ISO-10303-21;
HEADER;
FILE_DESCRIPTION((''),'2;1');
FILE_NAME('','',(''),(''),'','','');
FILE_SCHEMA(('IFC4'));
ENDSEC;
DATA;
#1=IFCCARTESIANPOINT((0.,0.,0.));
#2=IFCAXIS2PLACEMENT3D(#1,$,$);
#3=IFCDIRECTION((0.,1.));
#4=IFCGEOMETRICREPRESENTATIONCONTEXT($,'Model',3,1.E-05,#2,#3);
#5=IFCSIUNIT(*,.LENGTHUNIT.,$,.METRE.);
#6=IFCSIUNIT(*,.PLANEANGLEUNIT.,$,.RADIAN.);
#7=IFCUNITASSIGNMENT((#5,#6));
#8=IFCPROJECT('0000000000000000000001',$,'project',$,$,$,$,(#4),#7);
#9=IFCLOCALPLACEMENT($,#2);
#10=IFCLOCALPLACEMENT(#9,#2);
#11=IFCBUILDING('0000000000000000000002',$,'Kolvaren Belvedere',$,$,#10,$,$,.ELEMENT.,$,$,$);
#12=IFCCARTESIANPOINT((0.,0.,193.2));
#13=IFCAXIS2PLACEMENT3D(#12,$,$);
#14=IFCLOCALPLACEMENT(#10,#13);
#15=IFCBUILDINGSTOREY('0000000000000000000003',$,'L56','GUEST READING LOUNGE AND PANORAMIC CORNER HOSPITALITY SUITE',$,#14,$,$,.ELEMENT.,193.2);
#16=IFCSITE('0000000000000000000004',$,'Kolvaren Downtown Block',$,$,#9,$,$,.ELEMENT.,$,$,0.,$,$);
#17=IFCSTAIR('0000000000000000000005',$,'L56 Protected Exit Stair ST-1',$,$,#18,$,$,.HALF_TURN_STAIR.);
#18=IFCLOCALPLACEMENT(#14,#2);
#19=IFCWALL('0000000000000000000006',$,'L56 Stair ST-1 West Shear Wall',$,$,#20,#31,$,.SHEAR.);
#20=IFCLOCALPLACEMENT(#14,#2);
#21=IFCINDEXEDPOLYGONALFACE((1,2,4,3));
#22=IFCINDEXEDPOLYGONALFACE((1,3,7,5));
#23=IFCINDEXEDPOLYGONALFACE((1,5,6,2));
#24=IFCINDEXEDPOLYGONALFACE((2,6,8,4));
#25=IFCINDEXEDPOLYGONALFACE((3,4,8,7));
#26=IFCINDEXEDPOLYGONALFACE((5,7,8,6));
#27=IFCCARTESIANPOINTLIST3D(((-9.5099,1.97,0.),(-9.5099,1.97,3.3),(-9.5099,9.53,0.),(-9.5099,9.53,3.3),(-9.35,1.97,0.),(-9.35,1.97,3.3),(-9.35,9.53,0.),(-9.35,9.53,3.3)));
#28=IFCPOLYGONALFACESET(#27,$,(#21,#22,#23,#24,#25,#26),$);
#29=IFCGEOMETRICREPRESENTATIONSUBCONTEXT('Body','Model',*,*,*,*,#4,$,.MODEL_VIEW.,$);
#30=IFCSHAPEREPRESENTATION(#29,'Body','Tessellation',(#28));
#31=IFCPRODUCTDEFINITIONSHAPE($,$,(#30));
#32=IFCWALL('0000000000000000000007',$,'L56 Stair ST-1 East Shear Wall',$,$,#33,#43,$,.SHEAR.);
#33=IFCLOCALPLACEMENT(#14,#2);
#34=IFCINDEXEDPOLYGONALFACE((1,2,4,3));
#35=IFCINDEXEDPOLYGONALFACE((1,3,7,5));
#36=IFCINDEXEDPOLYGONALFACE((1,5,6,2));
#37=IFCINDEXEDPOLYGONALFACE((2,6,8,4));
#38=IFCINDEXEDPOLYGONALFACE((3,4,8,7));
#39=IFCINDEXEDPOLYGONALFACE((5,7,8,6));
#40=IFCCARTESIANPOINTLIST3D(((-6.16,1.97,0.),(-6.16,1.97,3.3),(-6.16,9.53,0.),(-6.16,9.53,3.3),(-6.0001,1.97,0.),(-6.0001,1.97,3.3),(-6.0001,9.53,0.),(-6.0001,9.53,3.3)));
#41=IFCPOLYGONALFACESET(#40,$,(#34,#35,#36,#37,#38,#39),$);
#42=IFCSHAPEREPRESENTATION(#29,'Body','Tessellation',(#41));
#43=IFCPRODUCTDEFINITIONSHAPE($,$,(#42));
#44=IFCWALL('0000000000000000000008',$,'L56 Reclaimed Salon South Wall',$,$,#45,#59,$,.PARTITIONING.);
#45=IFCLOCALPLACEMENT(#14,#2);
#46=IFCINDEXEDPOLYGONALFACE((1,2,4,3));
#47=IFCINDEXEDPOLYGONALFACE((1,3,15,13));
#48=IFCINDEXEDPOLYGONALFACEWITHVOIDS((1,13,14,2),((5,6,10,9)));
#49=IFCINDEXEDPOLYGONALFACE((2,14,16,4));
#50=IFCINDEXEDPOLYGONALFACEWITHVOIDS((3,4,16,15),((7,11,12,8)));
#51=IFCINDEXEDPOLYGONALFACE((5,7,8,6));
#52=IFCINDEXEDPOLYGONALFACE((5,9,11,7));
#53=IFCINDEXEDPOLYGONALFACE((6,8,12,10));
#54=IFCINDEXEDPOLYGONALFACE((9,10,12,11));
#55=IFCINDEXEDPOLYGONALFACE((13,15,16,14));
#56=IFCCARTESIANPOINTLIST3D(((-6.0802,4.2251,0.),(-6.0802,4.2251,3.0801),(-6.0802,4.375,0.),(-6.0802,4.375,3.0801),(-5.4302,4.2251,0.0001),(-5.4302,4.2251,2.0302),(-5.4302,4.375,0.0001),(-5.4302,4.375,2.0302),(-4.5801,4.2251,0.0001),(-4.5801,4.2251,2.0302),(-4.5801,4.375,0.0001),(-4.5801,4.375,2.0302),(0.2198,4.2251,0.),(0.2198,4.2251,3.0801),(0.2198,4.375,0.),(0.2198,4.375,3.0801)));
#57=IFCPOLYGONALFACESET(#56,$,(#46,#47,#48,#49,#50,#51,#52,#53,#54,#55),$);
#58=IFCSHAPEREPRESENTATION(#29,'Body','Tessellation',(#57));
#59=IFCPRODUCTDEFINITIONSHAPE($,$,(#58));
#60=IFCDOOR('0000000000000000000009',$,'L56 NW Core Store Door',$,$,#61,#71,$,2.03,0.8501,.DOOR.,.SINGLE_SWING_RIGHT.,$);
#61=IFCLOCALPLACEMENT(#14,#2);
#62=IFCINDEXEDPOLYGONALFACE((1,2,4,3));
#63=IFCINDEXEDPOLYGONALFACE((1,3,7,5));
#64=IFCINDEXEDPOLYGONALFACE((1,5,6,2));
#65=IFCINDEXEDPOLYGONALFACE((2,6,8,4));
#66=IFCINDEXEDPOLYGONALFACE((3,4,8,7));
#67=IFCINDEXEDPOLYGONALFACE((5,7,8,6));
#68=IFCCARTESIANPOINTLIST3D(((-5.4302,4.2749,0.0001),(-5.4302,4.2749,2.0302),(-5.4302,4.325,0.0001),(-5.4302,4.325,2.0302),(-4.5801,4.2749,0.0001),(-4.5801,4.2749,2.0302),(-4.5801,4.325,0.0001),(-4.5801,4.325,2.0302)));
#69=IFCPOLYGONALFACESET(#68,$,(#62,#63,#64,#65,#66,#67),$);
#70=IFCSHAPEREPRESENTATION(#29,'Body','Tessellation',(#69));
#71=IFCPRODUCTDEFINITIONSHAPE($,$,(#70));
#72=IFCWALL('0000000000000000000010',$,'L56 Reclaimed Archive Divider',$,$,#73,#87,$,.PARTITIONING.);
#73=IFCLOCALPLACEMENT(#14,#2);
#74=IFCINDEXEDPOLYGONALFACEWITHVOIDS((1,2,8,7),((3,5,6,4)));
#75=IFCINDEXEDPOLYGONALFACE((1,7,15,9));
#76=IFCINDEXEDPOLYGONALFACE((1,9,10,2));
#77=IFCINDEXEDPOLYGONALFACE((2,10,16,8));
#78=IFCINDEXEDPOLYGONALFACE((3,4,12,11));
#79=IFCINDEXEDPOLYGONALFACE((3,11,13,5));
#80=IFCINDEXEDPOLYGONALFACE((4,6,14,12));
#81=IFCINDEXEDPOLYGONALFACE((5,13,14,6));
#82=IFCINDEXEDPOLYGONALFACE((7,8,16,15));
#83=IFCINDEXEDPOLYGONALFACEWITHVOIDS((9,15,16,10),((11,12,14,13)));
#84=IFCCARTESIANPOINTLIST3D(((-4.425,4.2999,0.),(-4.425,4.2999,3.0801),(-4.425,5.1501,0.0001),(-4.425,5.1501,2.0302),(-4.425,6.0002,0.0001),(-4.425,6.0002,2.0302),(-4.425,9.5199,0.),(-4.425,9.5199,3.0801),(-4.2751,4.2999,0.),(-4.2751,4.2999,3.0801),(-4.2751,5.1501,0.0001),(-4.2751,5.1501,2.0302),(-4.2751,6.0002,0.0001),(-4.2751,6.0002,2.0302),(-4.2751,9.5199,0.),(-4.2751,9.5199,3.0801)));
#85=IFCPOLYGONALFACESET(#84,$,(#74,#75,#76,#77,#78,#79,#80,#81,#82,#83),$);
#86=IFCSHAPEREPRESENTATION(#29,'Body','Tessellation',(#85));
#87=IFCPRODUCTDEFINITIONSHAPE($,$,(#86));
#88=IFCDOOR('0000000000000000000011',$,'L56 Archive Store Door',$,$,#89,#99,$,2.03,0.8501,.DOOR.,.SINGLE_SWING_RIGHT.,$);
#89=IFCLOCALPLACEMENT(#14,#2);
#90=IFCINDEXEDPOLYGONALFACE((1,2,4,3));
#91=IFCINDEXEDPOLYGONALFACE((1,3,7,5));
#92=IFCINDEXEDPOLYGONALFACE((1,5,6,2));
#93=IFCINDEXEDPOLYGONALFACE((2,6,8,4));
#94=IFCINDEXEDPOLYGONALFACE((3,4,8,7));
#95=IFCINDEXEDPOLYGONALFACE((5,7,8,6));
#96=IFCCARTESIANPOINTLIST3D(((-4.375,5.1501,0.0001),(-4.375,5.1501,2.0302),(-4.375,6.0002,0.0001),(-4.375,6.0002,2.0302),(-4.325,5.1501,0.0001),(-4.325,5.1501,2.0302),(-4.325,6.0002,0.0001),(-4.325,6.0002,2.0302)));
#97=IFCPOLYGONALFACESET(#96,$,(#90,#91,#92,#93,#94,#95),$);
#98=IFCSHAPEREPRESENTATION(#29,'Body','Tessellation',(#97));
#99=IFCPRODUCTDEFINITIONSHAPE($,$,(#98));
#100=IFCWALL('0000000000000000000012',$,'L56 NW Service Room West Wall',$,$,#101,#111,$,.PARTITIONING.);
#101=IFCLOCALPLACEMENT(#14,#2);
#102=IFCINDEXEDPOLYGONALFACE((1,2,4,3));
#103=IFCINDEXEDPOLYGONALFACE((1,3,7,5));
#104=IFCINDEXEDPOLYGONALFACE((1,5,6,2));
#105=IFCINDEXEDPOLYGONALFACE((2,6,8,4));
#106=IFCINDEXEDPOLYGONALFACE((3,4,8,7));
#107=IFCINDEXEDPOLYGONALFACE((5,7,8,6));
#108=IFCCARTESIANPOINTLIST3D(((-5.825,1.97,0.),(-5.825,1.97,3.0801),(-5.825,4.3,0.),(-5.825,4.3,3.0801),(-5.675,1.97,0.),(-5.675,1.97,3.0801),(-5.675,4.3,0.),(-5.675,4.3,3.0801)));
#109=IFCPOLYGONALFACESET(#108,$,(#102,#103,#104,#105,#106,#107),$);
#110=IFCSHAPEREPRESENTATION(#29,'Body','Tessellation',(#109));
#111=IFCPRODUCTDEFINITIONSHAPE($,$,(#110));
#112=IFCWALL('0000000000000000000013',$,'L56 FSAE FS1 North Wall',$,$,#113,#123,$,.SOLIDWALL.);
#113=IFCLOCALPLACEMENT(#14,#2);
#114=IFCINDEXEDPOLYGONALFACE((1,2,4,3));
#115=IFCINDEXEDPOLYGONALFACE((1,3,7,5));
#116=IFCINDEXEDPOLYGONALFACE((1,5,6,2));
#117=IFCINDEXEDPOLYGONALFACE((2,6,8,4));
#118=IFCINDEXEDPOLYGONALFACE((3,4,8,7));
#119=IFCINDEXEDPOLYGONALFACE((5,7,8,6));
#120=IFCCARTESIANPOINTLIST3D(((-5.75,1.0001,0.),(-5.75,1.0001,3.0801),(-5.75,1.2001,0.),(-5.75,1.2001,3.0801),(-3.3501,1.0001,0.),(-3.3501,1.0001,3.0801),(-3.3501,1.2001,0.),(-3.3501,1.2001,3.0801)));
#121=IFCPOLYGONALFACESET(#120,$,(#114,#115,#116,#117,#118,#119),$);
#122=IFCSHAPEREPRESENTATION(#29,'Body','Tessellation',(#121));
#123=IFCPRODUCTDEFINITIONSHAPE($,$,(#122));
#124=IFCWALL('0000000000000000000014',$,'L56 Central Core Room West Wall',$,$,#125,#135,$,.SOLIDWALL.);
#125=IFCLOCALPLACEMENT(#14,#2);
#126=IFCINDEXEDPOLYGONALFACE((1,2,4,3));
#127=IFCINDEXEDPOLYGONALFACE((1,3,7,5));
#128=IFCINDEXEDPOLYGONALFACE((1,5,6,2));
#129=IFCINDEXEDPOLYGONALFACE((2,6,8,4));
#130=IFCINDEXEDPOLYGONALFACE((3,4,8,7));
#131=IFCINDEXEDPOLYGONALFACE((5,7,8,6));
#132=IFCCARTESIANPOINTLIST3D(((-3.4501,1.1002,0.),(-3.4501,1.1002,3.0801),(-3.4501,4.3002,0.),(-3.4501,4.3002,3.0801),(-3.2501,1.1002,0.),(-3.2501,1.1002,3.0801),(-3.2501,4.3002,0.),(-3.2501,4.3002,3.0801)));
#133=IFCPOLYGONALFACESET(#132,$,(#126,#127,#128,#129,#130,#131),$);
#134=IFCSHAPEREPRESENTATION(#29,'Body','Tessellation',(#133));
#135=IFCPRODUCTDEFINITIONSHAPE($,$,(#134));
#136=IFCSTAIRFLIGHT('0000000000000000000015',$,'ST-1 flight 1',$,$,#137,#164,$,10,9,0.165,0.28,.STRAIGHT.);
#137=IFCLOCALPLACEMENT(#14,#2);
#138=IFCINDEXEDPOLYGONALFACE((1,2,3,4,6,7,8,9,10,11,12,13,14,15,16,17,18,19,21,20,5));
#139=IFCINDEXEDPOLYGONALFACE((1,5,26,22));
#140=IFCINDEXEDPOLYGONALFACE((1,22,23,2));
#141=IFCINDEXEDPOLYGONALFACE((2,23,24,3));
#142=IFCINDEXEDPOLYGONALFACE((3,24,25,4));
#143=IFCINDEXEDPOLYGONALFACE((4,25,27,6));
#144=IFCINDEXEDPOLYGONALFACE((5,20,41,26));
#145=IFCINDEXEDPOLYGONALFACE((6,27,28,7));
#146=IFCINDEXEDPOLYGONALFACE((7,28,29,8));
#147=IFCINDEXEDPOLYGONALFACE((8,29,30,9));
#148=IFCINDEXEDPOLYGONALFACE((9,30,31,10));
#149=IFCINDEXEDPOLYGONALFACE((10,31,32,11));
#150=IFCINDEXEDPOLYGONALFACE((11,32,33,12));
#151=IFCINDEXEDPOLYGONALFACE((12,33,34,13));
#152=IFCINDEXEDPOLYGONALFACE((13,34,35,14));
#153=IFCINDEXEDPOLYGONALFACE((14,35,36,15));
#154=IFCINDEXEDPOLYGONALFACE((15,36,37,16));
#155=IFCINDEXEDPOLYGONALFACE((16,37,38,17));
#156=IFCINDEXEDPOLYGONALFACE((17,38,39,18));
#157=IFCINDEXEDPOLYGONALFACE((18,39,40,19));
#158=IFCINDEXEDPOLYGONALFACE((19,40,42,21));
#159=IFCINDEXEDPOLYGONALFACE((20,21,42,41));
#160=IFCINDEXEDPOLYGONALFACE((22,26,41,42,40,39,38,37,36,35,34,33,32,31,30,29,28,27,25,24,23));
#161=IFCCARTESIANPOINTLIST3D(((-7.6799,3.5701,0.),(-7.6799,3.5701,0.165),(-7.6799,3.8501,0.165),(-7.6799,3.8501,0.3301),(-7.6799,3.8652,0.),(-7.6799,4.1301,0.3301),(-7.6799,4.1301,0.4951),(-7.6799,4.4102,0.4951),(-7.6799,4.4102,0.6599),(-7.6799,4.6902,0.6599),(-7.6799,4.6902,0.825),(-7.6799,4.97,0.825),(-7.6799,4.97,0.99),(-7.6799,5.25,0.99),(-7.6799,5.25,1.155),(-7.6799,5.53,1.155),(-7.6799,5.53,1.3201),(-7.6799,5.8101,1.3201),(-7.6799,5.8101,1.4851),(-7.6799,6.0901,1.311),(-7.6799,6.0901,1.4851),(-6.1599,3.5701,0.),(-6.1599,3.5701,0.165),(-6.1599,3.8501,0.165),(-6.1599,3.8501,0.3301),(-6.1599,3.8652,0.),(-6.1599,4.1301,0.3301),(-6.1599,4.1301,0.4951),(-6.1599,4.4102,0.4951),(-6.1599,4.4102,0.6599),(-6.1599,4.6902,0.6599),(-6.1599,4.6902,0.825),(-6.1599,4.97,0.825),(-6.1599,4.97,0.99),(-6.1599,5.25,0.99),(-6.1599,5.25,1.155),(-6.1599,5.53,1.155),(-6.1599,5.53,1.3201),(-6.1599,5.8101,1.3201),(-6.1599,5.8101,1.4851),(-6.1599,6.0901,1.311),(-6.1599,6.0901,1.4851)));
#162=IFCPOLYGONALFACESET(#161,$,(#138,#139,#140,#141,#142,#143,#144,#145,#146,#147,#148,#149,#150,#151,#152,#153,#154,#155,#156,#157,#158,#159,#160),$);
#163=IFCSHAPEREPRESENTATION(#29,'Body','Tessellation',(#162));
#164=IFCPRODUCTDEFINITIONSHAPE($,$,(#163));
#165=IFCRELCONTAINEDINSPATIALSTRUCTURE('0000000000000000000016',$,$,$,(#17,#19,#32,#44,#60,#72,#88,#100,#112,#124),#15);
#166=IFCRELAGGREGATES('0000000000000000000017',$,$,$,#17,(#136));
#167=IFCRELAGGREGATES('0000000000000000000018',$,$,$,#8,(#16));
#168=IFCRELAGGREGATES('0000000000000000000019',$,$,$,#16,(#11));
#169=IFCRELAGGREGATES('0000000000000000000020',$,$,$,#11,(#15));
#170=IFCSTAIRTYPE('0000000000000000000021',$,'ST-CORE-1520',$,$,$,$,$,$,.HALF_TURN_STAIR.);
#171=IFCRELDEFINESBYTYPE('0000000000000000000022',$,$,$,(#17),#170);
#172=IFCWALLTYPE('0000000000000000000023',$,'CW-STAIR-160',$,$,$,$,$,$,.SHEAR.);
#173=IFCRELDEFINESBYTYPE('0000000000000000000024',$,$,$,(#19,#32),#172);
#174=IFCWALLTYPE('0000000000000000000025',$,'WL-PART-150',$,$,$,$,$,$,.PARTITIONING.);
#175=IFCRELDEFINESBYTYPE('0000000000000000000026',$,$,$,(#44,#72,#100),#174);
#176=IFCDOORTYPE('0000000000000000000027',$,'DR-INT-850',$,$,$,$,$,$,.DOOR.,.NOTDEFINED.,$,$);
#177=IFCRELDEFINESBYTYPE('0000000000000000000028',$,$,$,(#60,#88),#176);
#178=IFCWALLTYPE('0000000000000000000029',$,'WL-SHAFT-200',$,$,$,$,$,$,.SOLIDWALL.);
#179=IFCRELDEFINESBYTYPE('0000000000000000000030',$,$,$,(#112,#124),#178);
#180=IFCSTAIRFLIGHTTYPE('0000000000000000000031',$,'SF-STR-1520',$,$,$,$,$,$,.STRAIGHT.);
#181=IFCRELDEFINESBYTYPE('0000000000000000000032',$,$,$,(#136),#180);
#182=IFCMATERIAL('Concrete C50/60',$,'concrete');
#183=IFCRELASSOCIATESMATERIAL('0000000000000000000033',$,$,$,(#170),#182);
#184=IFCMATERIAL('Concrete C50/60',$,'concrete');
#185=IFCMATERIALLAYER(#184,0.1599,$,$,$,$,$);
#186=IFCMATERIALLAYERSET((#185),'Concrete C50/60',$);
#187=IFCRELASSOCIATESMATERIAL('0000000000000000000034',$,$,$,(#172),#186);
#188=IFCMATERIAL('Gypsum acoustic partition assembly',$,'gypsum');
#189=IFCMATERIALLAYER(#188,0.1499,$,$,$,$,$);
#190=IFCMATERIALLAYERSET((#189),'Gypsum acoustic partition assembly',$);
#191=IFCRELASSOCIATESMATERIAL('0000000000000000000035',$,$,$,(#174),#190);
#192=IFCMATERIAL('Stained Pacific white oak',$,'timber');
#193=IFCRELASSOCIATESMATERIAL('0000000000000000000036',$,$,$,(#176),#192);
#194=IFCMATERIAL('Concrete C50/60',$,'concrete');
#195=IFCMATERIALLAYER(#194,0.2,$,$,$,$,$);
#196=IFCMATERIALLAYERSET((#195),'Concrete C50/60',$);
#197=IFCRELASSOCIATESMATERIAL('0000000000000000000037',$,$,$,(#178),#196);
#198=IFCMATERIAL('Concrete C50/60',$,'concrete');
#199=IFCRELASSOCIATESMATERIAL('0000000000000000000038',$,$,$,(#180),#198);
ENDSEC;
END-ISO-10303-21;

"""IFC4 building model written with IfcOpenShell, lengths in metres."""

from ifc_helpers import new_model, si_unit, direction, frame, frame_2d, origin, place, context, subcontext, project, spatial, polyline, rectangle, outline, extrude, material, layer, layer_set, type_object, element, fill, aggregate, save


model = new_model("IFC4")

# Units and contexts
model_context = context("Model", 3, precision=1e-05, world=origin(), true_north=direction((0.0, 1.0)))
body_context = subcontext(model_context, "Body", "Model", "MODEL_VIEW")
ifc_project = project(units=[si_unit("LENGTHUNIT", "METRE"), si_unit("PLANEANGLEUNIT", "RADIAN")], contexts=[model_context])

# Site, building, storey
site_placement = place(None, origin())
site = spatial("IfcSite", under=ifc_project, at=site_placement, Name="Kolvaren Downtown Block", CompositionType="ELEMENT", RefElevation=0.0)
building_placement = place(site_placement, origin())
building = spatial("IfcBuilding", under=site, at=building_placement, Name="Kolvaren Belvedere", CompositionType="ELEMENT")
storey_placement = place(building_placement, frame((0.0, 0.0, 193.2)))
storey = spatial("IfcBuildingStorey", under=building, at=storey_placement, Name="L56", Description="GUEST READING LOUNGE AND PANORAMIC CORNER HOSPITALITY SUITE", CompositionType="ELEMENT", Elevation=193.2)

# Stair
ifc_material_1 = material(Name="Concrete C50/60", Category="concrete")
stair_type = type_object("IfcStairType", Name="ST-CORE-1520", PredefinedType="HALF_TURN_STAIR", material=ifc_material_1)
stair_1_placement = place(storey_placement, origin())
stair_1 = element("IfcStair", 1, at=stair_1_placement, inside=storey, type_object=stair_type, Name="L56 Protected Exit Stair ST-1", PredefinedType="HALF_TURN_STAIR")

# Shared definitions
ifc_material_2 = material(Name="Concrete C50/60", Category="concrete")
ifc_layer_1 = layer(ifc_material_2, 0.1599)
ifc_layer_set_1 = layer_set([ifc_layer_1], Name="Concrete C50/60")
wall_type_1 = type_object("IfcWallType", Name="CW-STAIR-160", PredefinedType="SHEAR", material=ifc_layer_set_1)

# Walls
for number, where, z_axis, x_axis, name in (
    (2, (-9.4299, 1.97, 0.0), (0.0, 0.0, 1.0), (0.0, 1.0, 0.0), "L56 Stair ST-1 West Shear Wall"),
    (3, (-6.0801, 1.97, 0.0), (0.0, 0.0, 1.0), (0.0, 1.0, 0.0), "L56 Stair ST-1 East Shear Wall"),
):
    element("IfcWall", number, at=place(storey_placement, frame(where, z_axis=z_axis, x_axis=x_axis)), inside=storey, type_object=wall_type_1, Name=name, PredefinedType="SHEAR", context=body_context, shape_type="SweptSolid", body=[
        extrude(rectangle(XDim=7.5601, YDim=0.1599, at=frame_2d((3.78, 0.0))), origin(), (0.0, 0.0, 1.0), 3.3),
    ])

# Walls, openings, doors
ifc_material_3 = material(Name="Gypsum acoustic partition assembly", Category="gypsum")
ifc_layer_2 = layer(ifc_material_3, 0.1499)
ifc_layer_set_2 = layer_set([ifc_layer_2], Name="Gypsum acoustic partition assembly")
wall_type_2 = type_object("IfcWallType", Name="WL-PART-150", PredefinedType="PARTITIONING", material=ifc_layer_set_2)
wall_1_placement = place(storey_placement, frame((-6.0801, 4.3, 0.0), z_axis=(0.0, 0.0, 1.0), x_axis=(1.0, 0.0, 0.0)))
wall_1 = element("IfcWall", 4, at=wall_1_placement, inside=storey, type_object=wall_type_2, Name="L56 Reclaimed Salon South Wall", PredefinedType="PARTITIONING", context=body_context, shape_type="SweptSolid", body=[
    extrude(rectangle(XDim=6.3, YDim=0.1499, at=frame_2d((3.1499, 0.0))), origin(), (0.0, 0.0, 1.0), 3.0801),
])
opening_1_placement = place(wall_1_placement, frame((0.6499, 0.0, 0.0)))
opening_1 = element("IfcOpeningElement", 5, at=opening_1_placement, cuts=wall_1, PredefinedType="OPENING", context=body_context, shape_type="SweptSolid", body=[
    extrude(rectangle(XDim=0.8501, YDim=2.03, at=frame_2d((0.425, 1.0151))), frame((0.0, 0.085, 0.0), z_axis=(0.0, -1.0, 0.0), x_axis=(1.0, 0.0, 0.0)), (0.0, 0.0, 1.0), 0.1699),
])
ifc_material_4 = material(Name="Stained Pacific white oak", Category="timber")
door_type_1 = type_object("IfcDoorType", Name="DR-INT-850", OperationType="NOTDEFINED", PredefinedType="DOOR", material=ifc_material_4)
door_1_placement = place(opening_1_placement, origin())
door_1 = element("IfcDoor", 6, at=door_1_placement, inside=storey, type_object=door_type_1, Name="L56 NW Core Store Door", OperationType="SINGLE_SWING_RIGHT", OverallHeight=2.03, OverallWidth=0.8501, PredefinedType="DOOR", context=body_context, shape_type="SweptSolid", body=[
    extrude(rectangle(XDim=0.8501, YDim=2.03, at=frame_2d((0.425, 1.0151))), frame((0.0, 0.0249, 0.0), z_axis=(0.0, -1.0, 0.0), x_axis=(1.0, 0.0, 0.0)), (0.0, 0.0, 1.0), 0.05),
])
fill(opening_1, door_1)
wall_2_placement = place(storey_placement, frame((-4.3501, 4.3, 0.0), z_axis=(0.0, 0.0, 1.0), x_axis=(0.0, 1.0, 0.0)))
wall_2 = element("IfcWall", 7, at=wall_2_placement, inside=storey, type_object=wall_type_2, Name="L56 Reclaimed Archive Divider", PredefinedType="PARTITIONING", context=body_context, shape_type="SweptSolid", body=[
    extrude(rectangle(XDim=5.22, YDim=0.1499, at=frame_2d((2.6099, 0.0))), origin(), (0.0, 0.0, 1.0), 3.0801),
])
opening_2_placement = place(wall_2_placement, frame((0.8501, 0.0, 0.0)))
opening_2 = element("IfcOpeningElement", 8, at=opening_2_placement, cuts=wall_2, PredefinedType="OPENING", context=body_context, shape_type="SweptSolid", body=[
    extrude(rectangle(XDim=0.8501, YDim=2.03, at=frame_2d((0.425, 1.0151))), frame((0.0, 0.085, 0.0), z_axis=(0.0, -1.0, 0.0), x_axis=(1.0, 0.0, 0.0)), (0.0, 0.0, 1.0), 0.1699),
])
door_2_placement = place(opening_2_placement, origin())
door_2 = element("IfcDoor", 9, at=door_2_placement, inside=storey, type_object=door_type_1, Name="L56 Archive Store Door", OperationType="SINGLE_SWING_RIGHT", OverallHeight=2.03, OverallWidth=0.8501, PredefinedType="DOOR", context=body_context, shape_type="SweptSolid", body=[
    extrude(rectangle(XDim=0.8501, YDim=2.03, at=frame_2d((0.425, 1.0151))), frame((0.0, 0.0249, 0.0), z_axis=(0.0, -1.0, 0.0), x_axis=(1.0, 0.0, 0.0)), (0.0, 0.0, 1.0), 0.05),
])
fill(opening_2, door_2)

# Walls
wall_3_placement = place(storey_placement, frame((-5.75, 1.97, 0.0), z_axis=(0.0, 0.0, 1.0), x_axis=(0.0, 1.0, 0.0)))
element("IfcWall", 10, at=wall_3_placement, inside=storey, type_object=wall_type_2, Name="L56 NW Service Room West Wall", PredefinedType="PARTITIONING", context=body_context, shape_type="SweptSolid", body=[
    extrude(rectangle(XDim=2.3301, YDim=0.1499, at=frame_2d((1.165, 0.0))), origin(), (0.0, 0.0, 1.0), 3.0801),
])
ifc_material_5 = material(Name="Concrete C50/60", Category="concrete")
ifc_layer_3 = layer(ifc_material_5, 0.2)
ifc_layer_set_3 = layer_set([ifc_layer_3], Name="Concrete C50/60")
wall_type_3 = type_object("IfcWallType", Name="WL-SHAFT-200", PredefinedType="SOLIDWALL", material=ifc_layer_set_3)
wall_4_placement = place(storey_placement, frame((-5.75, 1.1001, 0.0), z_axis=(0.0, 0.0, 1.0), x_axis=(1.0, 0.0, 0.0)))
element("IfcWall", 11, at=wall_4_placement, inside=storey, type_object=wall_type_3, Name="L56 FSAE FS1 North Wall", PredefinedType="SOLIDWALL", context=body_context, shape_type="SweptSolid", body=[
    extrude(rectangle(XDim=2.3999, YDim=0.2, at=frame_2d((1.2, 0.0))), origin(), (0.0, 0.0, 1.0), 3.0801),
])
wall_5_placement = place(storey_placement, frame((-3.3501, 1.1001, 0.0), z_axis=(0.0, 0.0, 1.0), x_axis=(0.0, 1.0, 0.0)))
element("IfcWall", 12, at=wall_5_placement, inside=storey, type_object=wall_type_3, Name="L56 Central Core Room West Wall", PredefinedType="SOLIDWALL", context=body_context, shape_type="SweptSolid", body=[
    extrude(rectangle(XDim=3.2, YDim=0.2, at=frame_2d((1.6001, 0.0))), origin(), (0.0, 0.0, 1.0), 3.0801),
])

# Stair flight
ifc_material_6 = material(Name="Concrete C50/60", Category="concrete")
stair_flight_type = type_object("IfcStairFlightType", Name="SF-STR-1520", PredefinedType="STRAIGHT", material=ifc_material_6)
stair_flight_1_placement = place(storey_placement, frame((-6.9199, 3.5701, 0.0), z_axis=(0.0, 0.0, 1.0), x_axis=(0.0, 1.0, 0.0)))
stair_flight_1 = element("IfcStairFlight", 13, at=stair_flight_1_placement, type_object=stair_flight_type, Name="ST-1 flight 1", NumberOfRisers=10, NumberOfTreads=9, PredefinedType="STRAIGHT", RiserHeight=0.165, TreadLength=0.28, context=body_context, shape_type="SweptSolid", body=[
    extrude(outline(polyline([(0.0, 0.0), (0.0, 0.165), (0.28, 0.165), (0.28, 0.3301), (0.5601, 0.3301), (0.5601, 0.4951), (0.8401, 0.4951), (0.8401, 0.6599), (1.1201, 0.6599), (1.1201, 0.825), (1.3999, 0.825), (1.3999, 0.99), (1.6799, 0.99), (1.6799, 1.155), (1.96, 1.155), (1.96, 1.3201), (2.24, 1.3201), (2.24, 1.4851), (2.52, 1.4851), (2.52, 1.6499), (2.52, 1.311), (0.2952, 0.0), (0.0, 0.0)])), frame((0.0, 0.76, 0.0), z_axis=(0.0, -1.0, 0.0), x_axis=(1.0, 0.0, 0.0)), (0.0, 0.0, 1.0), 1.52),
])
aggregate(stair_1, [stair_flight_1])

save(model, "model.ifc")
